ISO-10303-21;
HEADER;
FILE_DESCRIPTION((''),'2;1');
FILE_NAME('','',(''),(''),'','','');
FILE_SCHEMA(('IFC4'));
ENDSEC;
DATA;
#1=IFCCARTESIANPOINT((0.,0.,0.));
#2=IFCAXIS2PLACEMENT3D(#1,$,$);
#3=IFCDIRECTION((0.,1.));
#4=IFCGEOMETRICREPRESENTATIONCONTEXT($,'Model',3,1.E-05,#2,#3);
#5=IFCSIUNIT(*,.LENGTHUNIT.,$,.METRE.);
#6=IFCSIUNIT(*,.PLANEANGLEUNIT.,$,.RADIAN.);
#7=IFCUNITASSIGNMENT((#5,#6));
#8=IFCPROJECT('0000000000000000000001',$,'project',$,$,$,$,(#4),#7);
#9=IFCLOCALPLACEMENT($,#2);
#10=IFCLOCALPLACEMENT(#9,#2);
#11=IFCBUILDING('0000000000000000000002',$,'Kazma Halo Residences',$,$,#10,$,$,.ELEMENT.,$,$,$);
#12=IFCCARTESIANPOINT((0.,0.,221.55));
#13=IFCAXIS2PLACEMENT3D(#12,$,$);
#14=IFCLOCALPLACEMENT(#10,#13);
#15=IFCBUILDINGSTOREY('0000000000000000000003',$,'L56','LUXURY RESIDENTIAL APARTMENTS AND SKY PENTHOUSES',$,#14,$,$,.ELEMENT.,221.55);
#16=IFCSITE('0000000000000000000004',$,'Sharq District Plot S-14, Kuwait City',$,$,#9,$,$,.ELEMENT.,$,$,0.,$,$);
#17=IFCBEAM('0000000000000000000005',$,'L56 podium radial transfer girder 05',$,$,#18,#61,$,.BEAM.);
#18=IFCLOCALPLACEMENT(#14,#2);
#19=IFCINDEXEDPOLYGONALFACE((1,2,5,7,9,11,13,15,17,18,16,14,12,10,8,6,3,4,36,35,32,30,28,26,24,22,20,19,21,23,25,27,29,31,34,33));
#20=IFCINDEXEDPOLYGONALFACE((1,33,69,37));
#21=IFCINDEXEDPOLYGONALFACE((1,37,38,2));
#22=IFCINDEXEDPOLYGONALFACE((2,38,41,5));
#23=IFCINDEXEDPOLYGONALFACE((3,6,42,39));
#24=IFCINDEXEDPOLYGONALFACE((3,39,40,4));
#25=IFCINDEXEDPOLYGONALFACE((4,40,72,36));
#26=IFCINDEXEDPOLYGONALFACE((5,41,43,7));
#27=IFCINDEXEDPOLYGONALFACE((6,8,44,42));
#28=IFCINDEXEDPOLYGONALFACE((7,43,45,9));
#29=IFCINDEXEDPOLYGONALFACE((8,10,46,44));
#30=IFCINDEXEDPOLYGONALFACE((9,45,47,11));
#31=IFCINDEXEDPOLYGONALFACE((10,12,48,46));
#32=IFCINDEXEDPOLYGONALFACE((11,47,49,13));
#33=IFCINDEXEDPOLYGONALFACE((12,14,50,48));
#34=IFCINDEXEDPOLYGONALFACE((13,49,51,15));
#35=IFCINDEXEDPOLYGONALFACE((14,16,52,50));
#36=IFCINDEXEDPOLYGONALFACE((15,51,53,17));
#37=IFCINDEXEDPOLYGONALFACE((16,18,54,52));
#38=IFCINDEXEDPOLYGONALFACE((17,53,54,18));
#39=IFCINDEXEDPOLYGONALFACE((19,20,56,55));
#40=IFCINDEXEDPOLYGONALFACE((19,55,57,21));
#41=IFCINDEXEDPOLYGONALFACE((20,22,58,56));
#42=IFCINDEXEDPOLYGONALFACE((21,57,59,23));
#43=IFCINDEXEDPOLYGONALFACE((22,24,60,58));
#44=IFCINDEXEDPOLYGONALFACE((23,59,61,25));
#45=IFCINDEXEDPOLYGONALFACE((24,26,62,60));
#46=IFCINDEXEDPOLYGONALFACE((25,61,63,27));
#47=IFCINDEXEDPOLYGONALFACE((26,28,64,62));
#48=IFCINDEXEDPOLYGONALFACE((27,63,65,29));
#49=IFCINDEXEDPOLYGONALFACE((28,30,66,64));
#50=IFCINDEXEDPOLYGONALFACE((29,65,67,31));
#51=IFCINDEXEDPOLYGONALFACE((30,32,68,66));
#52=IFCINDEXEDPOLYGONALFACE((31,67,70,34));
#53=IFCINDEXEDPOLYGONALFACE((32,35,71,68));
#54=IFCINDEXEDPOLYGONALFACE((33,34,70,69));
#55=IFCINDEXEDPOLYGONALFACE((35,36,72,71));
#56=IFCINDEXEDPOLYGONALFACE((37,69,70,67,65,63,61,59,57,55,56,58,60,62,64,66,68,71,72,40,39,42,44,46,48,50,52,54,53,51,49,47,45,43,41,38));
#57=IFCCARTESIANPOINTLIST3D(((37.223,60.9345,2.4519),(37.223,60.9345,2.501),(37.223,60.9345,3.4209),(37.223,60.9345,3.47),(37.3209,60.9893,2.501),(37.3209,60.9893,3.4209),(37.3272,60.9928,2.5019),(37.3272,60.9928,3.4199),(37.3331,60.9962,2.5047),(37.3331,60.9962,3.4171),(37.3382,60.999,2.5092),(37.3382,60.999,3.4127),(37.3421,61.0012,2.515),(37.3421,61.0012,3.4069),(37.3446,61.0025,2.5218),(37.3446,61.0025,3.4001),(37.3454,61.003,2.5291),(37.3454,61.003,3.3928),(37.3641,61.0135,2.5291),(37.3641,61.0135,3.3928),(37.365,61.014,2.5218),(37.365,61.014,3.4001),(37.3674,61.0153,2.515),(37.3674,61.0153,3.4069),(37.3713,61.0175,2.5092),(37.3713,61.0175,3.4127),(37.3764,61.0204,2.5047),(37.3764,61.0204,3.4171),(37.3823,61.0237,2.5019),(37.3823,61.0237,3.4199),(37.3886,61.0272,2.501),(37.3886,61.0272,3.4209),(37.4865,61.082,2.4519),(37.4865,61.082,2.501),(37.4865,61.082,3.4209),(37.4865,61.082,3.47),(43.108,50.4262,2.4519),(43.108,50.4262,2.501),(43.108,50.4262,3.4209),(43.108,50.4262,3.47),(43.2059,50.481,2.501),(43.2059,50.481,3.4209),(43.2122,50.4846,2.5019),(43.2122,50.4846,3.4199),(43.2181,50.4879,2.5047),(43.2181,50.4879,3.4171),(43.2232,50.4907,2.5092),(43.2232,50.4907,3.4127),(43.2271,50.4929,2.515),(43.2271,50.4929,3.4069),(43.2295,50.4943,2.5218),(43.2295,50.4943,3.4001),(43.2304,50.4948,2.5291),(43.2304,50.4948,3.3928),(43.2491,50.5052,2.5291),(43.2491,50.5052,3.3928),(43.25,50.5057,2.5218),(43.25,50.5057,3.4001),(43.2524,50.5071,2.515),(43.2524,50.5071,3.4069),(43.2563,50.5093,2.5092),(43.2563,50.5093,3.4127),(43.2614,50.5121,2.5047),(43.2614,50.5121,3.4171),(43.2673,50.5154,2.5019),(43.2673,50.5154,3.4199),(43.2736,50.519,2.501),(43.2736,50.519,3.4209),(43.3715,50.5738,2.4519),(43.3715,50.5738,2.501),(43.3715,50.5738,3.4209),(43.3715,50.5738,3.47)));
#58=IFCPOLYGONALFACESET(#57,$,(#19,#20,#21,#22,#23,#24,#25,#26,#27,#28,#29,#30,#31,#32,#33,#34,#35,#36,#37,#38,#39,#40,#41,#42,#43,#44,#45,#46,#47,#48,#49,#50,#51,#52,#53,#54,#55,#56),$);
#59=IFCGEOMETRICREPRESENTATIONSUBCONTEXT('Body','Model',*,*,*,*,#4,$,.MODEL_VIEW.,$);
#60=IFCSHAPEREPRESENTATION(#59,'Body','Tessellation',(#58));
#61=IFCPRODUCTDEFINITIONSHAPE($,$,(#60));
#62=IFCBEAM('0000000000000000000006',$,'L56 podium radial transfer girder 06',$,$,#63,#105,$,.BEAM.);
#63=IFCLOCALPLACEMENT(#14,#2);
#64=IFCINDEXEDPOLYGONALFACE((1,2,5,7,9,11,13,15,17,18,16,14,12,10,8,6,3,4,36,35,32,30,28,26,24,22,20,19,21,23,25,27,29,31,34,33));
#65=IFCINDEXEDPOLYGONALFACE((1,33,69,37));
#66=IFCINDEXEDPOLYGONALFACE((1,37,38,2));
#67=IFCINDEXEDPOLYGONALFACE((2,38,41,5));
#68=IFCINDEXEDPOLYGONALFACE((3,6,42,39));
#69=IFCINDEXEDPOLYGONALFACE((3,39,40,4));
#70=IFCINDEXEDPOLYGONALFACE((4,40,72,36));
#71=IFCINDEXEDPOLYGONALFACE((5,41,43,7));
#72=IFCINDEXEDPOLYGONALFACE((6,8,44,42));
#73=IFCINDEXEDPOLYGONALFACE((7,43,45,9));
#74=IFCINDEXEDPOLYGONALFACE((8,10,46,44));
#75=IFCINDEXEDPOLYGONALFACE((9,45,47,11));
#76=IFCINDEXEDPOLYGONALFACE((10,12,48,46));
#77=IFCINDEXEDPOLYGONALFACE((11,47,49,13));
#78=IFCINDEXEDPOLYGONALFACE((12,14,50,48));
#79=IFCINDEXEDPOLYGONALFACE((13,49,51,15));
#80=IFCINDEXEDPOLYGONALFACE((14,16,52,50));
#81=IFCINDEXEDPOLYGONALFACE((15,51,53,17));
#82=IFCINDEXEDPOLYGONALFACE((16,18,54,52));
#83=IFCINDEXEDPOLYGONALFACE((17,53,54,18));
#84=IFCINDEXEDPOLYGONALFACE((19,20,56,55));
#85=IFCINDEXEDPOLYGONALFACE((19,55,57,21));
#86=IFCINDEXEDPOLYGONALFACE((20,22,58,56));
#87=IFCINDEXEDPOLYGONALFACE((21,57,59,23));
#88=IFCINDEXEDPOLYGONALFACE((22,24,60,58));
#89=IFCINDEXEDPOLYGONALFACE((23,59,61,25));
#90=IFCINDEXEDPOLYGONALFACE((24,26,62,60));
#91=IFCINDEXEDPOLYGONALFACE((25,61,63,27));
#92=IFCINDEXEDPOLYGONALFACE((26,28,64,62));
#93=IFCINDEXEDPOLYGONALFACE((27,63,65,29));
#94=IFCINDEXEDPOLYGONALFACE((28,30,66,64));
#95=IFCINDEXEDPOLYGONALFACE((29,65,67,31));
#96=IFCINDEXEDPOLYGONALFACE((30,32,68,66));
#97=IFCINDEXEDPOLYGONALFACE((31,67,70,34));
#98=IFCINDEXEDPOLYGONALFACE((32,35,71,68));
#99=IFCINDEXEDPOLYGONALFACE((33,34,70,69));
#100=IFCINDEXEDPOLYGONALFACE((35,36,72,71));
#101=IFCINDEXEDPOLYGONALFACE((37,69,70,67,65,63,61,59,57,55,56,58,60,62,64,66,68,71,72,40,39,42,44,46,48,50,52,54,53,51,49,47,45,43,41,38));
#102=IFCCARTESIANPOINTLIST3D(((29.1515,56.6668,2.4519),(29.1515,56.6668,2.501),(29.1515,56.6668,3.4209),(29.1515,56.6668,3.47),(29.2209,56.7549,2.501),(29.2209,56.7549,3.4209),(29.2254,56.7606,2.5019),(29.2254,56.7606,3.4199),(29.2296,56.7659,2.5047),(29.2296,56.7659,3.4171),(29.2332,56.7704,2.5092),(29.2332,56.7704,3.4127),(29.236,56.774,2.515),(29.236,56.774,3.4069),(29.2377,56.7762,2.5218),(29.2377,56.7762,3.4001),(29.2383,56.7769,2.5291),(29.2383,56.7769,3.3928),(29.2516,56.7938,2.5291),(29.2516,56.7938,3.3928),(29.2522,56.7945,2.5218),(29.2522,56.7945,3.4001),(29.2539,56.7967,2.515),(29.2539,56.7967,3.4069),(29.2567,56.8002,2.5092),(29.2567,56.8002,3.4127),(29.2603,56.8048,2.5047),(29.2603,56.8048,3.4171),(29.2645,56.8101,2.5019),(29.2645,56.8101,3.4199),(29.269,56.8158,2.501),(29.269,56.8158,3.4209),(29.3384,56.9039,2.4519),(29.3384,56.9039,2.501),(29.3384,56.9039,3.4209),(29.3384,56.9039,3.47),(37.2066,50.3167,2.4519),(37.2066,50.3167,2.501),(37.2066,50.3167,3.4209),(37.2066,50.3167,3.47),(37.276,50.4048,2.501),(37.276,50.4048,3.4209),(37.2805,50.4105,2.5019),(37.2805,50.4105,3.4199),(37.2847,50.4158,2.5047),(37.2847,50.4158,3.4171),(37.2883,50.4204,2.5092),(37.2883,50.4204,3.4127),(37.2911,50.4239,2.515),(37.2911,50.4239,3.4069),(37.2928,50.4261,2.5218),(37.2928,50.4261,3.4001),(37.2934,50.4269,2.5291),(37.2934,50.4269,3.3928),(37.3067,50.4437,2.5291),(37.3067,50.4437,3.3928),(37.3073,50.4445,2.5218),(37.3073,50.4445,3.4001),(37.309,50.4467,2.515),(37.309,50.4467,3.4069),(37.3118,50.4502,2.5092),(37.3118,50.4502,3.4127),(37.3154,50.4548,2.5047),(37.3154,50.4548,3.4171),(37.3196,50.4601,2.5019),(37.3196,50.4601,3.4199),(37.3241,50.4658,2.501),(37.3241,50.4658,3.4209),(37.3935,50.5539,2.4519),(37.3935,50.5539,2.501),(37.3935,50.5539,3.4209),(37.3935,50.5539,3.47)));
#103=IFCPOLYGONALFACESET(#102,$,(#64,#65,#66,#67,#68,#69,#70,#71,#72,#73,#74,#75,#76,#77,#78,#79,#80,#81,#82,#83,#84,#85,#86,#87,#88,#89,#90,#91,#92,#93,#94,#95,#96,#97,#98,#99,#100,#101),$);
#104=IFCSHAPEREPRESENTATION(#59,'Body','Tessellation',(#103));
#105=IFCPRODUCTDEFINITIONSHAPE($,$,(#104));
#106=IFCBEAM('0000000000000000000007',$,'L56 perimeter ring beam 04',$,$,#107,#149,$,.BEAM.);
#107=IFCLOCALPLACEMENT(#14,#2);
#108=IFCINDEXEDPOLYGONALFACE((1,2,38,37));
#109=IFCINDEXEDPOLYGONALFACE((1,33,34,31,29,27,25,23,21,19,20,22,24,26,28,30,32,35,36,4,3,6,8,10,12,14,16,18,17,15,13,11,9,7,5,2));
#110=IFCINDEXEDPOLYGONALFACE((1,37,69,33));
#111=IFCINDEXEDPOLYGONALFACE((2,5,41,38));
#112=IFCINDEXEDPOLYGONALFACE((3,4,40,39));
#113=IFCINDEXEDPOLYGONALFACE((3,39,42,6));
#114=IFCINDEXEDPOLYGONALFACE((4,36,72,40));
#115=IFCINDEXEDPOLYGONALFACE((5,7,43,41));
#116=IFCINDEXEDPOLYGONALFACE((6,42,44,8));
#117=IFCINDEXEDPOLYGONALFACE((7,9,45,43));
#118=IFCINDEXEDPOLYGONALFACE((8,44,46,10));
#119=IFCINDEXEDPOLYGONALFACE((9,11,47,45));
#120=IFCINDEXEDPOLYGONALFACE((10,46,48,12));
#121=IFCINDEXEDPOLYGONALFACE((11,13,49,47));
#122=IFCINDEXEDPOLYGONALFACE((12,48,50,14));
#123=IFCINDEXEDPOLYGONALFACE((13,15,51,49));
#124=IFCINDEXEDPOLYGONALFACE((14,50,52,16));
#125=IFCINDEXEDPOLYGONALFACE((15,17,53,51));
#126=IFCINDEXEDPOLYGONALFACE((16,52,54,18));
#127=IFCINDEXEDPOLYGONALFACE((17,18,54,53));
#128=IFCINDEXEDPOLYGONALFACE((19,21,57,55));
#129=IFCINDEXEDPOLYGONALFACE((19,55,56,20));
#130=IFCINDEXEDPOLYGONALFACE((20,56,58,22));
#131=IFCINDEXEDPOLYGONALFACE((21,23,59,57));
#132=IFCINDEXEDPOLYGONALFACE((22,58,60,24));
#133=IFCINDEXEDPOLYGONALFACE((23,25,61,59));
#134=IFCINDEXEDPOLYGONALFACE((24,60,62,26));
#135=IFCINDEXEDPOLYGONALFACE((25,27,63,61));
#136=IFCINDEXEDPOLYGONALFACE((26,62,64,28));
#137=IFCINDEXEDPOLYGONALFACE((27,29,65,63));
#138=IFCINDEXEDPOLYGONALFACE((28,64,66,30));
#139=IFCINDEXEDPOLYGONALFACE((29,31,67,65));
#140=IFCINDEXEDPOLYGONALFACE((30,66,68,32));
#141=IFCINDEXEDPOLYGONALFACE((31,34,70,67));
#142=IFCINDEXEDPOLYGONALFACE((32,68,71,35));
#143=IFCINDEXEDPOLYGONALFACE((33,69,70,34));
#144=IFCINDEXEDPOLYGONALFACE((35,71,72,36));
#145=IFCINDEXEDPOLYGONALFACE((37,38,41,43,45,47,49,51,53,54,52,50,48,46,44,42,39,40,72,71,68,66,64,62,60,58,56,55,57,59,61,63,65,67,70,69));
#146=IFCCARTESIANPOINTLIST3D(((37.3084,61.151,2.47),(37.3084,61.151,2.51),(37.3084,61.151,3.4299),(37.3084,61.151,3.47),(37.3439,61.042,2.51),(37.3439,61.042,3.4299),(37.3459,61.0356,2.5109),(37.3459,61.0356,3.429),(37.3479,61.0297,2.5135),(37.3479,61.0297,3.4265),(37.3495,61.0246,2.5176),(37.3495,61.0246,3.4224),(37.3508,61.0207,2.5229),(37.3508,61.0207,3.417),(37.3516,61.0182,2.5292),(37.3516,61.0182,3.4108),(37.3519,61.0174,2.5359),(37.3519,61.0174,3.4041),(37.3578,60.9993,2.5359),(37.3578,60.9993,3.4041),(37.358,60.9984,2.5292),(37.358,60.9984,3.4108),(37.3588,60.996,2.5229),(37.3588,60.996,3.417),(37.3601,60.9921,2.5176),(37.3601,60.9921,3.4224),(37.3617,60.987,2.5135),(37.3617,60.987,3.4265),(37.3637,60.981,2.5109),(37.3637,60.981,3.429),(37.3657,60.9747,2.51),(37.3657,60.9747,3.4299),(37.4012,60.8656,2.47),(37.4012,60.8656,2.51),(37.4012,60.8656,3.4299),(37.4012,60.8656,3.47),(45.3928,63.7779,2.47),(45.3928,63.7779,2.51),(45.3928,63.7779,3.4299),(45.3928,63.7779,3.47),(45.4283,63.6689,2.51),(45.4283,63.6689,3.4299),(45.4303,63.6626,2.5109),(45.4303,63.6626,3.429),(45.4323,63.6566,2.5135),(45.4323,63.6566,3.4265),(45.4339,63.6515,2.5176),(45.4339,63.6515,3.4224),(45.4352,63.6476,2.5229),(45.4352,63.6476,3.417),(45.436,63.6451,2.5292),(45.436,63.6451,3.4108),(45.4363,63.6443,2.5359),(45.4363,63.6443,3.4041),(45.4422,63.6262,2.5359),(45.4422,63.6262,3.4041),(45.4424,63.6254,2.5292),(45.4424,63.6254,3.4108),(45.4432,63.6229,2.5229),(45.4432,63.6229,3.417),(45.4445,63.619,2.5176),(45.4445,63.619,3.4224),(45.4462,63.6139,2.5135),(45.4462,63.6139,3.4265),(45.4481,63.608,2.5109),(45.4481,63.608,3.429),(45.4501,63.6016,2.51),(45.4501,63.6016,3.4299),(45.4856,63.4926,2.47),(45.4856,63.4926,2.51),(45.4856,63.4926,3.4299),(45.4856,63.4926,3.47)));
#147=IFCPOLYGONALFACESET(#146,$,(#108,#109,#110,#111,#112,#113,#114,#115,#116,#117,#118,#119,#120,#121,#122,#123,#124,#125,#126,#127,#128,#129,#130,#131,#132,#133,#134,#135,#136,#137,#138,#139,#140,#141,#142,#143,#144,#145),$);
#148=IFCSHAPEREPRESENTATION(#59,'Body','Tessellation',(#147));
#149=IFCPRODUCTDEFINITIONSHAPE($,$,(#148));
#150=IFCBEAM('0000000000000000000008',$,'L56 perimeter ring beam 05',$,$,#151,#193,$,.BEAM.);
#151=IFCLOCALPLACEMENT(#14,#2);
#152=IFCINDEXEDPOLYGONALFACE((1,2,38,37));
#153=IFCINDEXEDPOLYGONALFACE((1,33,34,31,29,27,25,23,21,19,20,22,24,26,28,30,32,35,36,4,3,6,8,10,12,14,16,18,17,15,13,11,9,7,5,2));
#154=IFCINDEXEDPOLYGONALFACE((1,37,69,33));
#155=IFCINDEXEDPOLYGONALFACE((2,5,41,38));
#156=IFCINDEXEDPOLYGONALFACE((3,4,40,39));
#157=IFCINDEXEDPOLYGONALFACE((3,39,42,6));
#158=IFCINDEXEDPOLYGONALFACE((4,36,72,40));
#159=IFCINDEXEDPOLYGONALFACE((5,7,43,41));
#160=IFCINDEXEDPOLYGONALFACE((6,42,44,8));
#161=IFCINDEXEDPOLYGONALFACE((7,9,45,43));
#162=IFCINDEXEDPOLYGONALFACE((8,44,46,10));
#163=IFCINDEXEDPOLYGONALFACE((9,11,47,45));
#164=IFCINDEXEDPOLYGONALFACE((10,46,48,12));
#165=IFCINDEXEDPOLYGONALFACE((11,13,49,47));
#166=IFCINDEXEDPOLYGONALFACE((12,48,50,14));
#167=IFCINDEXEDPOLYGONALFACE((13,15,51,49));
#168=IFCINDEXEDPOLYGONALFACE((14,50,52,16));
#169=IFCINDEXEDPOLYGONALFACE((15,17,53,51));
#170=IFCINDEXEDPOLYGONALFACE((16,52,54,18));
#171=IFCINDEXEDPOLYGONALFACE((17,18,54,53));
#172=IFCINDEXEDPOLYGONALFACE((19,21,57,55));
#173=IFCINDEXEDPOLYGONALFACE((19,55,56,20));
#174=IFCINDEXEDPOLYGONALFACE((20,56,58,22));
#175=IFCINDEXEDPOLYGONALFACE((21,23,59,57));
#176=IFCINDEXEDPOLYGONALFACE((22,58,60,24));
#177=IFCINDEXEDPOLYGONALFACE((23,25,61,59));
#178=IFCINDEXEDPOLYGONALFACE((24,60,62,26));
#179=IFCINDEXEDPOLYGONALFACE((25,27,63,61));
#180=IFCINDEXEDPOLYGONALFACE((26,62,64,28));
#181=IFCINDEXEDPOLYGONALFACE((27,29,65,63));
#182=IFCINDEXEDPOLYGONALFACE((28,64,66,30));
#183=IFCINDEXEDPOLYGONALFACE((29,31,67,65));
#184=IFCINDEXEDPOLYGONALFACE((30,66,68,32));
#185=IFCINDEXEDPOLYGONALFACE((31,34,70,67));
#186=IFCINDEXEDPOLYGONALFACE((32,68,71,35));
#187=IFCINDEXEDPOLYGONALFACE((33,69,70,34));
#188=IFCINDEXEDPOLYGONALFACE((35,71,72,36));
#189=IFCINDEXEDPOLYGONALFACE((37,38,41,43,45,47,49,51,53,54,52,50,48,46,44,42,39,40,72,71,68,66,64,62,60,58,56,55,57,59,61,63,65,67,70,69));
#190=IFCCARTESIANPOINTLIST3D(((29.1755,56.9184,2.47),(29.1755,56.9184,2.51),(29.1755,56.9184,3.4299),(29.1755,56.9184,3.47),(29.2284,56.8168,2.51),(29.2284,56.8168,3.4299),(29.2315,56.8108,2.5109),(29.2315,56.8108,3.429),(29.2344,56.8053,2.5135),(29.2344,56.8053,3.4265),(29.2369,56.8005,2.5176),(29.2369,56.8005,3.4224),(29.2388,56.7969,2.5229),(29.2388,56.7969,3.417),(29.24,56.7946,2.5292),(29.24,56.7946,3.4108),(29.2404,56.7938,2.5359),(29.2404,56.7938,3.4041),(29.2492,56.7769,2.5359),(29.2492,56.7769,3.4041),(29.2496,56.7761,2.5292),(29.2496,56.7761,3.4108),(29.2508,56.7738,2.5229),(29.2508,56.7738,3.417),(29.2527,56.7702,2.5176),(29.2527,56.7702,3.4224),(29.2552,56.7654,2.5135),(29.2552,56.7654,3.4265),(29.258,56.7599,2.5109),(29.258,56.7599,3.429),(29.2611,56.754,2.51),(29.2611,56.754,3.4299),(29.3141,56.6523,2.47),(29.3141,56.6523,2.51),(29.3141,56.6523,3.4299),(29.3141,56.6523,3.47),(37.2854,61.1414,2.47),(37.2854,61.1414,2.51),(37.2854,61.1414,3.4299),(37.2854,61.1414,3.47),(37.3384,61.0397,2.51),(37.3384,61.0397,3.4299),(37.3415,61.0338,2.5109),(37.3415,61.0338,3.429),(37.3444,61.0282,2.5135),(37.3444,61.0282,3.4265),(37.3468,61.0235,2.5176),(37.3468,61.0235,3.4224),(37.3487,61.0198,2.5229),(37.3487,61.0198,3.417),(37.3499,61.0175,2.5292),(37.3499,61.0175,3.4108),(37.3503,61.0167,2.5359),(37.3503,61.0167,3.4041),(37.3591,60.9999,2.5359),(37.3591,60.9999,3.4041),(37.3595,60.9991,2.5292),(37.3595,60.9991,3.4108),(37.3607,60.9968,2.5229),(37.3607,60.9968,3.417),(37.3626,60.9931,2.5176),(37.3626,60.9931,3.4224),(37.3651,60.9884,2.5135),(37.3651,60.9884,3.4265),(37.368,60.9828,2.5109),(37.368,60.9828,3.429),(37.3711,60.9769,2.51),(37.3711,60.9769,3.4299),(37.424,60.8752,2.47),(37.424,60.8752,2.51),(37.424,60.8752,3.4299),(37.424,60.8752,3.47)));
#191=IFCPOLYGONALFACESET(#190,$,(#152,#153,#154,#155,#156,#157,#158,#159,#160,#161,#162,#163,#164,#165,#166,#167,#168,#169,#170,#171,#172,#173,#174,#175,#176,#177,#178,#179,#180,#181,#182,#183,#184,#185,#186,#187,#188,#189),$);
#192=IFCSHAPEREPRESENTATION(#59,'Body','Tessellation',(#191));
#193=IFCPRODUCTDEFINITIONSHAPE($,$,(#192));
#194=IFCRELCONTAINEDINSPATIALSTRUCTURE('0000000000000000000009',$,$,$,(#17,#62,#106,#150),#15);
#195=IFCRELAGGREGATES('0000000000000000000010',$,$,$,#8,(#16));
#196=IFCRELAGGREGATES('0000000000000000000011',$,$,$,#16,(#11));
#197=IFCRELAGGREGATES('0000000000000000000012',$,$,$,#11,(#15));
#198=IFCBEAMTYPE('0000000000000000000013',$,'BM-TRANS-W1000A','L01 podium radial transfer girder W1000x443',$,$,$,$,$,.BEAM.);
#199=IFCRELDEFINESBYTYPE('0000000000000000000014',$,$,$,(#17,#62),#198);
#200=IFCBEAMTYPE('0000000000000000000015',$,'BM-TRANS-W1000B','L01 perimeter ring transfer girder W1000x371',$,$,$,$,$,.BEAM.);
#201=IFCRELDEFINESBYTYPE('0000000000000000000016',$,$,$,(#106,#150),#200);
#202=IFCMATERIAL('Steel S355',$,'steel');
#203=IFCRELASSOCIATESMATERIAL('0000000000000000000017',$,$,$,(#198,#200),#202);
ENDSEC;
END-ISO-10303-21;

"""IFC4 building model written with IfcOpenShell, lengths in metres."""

from ifc_helpers import new_model, si_unit, direction, frame, origin, origin_2d, place, context, subcontext, project, spatial, i_section, extrude, material, material_profile, profile_set, type_object, element, save


model = new_model("IFC4")

# Units and contexts
model_context = context("Model", 3, precision=1e-05, world=origin(), true_north=direction((0.0, 1.0)))
body_context = subcontext(model_context, "Body", "Model", "MODEL_VIEW")
ifc_project = project(units=[si_unit("LENGTHUNIT", "METRE"), si_unit("PLANEANGLEUNIT", "RADIAN")], contexts=[model_context])

# Site, building, storey
site_placement = place(None, origin())
site = spatial("IfcSite", under=ifc_project, at=site_placement, Name="Sharq District Plot S-14, Kuwait City", CompositionType="ELEMENT", RefElevation=0.0)
building_placement = place(site_placement, origin())
building = spatial("IfcBuilding", under=site, at=building_placement, Name="Kazma Halo Residences", CompositionType="ELEMENT")
storey_placement = place(building_placement, frame((0.0, 0.0, 221.55)))
storey = spatial("IfcBuildingStorey", under=building, at=storey_placement, Name="L56", Description="LUXURY RESIDENTIAL APARTMENTS AND SKY PENTHOUSES", CompositionType="ELEMENT", Elevation=221.55)

# Beams
ifc_material_1 = material(Name="Steel S355", Category="steel")
ifc_material_profile_1 = material_profile(ifc_material_1, i_section(OverallWidth=0.302, OverallDepth=1.0181, WebThickness=0.0215, FlangeThickness=0.0491, FilletRadius=0.0281, at=origin_2d()), Name="W1000x443")
ifc_profile_set_1 = profile_set([ifc_material_profile_1], Name="Steel S355")
beam_type_1 = type_object("IfcBeamType", Name="BM-TRANS-W1000A", Description="L01 podium radial transfer girder W1000x443", PredefinedType="BEAM", material=ifc_profile_set_1)
beam_1_placement = place(storey_placement, frame((43.2397, 50.5, 2.9609), z_axis=(-0.488626, 0.872493, 0.0), x_axis=(-0.872493, -0.488626, 0.0)))
element("IfcBeam", 1, at=beam_1_placement, inside=storey, type_object=beam_type_1, Name="L56 podium radial transfer girder 05", PredefinedType="BEAM", context=body_context, shape_type="SweptSolid", body=[
    extrude(i_section(OverallWidth=0.302, OverallDepth=1.0181, WebThickness=0.0215, FlangeThickness=0.0491, FilletRadius=0.0281, at=origin_2d()), origin(), (0.0, 0.0, 1.0), 12.0439),
])
beam_2_placement = place(storey_placement, frame((37.3, 50.4353, 2.9609), z_axis=(-0.785321, 0.619088, 0.0), x_axis=(-0.619088, -0.785321, 0.0)))
element("IfcBeam", 2, at=beam_2_placement, inside=storey, type_object=beam_type_1, Name="L56 podium radial transfer girder 06", PredefinedType="BEAM", context=body_context, shape_type="SweptSolid", body=[
    extrude(i_section(OverallWidth=0.302, OverallDepth=1.0181, WebThickness=0.0215, FlangeThickness=0.0491, FilletRadius=0.0281, at=origin_2d()), origin(), (0.0, 0.0, 1.0), 10.2571),
])
ifc_material_profile_2 = material_profile(ifc_material_1, i_section(OverallWidth=0.3, OverallDepth=1.0, WebThickness=0.019, FlangeThickness=0.04, FilletRadius=0.0259, at=origin_2d()), Name="W1000x371")
ifc_profile_set_2 = profile_set([ifc_material_profile_2], Name="Steel S355")
beam_type_2 = type_object("IfcBeamType", Name="BM-TRANS-W1000B", Description="L01 perimeter ring transfer girder W1000x371", PredefinedType="BEAM", material=ifc_profile_set_2)
beam_3_placement = place(storey_placement, frame((45.4392, 63.6353, 2.97), z_axis=(-0.951051, -0.309033, 0.0), x_axis=(0.309033, -0.951051, 0.0)))
element("IfcBeam", 3, at=beam_3_placement, inside=storey, type_object=beam_type_2, Name="L56 perimeter ring beam 04", PredefinedType="BEAM", context=body_context, shape_type="SweptSolid", body=[
    extrude(i_section(OverallWidth=0.3, OverallDepth=1.0, WebThickness=0.019, FlangeThickness=0.04, FilletRadius=0.0259, at=origin_2d()), origin(), (0.0, 0.0, 1.0), 8.5005),
])
beam_4_placement = place(storey_placement, frame((37.3547, 61.0083, 2.97), z_axis=(-0.886958, -0.46185, 0.0), x_axis=(0.46185, -0.886958, 0.0)))
element("IfcBeam", 4, at=beam_4_placement, inside=storey, type_object=beam_type_2, Name="L56 perimeter ring beam 05", PredefinedType="BEAM", context=body_context, shape_type="SweptSolid", body=[
    extrude(i_section(OverallWidth=0.3, OverallDepth=1.0, WebThickness=0.019, FlangeThickness=0.04, FilletRadius=0.0259, at=origin_2d()), origin(), (0.0, 0.0, 1.0), 9.1436),
])

save(model, "model.ifc")
